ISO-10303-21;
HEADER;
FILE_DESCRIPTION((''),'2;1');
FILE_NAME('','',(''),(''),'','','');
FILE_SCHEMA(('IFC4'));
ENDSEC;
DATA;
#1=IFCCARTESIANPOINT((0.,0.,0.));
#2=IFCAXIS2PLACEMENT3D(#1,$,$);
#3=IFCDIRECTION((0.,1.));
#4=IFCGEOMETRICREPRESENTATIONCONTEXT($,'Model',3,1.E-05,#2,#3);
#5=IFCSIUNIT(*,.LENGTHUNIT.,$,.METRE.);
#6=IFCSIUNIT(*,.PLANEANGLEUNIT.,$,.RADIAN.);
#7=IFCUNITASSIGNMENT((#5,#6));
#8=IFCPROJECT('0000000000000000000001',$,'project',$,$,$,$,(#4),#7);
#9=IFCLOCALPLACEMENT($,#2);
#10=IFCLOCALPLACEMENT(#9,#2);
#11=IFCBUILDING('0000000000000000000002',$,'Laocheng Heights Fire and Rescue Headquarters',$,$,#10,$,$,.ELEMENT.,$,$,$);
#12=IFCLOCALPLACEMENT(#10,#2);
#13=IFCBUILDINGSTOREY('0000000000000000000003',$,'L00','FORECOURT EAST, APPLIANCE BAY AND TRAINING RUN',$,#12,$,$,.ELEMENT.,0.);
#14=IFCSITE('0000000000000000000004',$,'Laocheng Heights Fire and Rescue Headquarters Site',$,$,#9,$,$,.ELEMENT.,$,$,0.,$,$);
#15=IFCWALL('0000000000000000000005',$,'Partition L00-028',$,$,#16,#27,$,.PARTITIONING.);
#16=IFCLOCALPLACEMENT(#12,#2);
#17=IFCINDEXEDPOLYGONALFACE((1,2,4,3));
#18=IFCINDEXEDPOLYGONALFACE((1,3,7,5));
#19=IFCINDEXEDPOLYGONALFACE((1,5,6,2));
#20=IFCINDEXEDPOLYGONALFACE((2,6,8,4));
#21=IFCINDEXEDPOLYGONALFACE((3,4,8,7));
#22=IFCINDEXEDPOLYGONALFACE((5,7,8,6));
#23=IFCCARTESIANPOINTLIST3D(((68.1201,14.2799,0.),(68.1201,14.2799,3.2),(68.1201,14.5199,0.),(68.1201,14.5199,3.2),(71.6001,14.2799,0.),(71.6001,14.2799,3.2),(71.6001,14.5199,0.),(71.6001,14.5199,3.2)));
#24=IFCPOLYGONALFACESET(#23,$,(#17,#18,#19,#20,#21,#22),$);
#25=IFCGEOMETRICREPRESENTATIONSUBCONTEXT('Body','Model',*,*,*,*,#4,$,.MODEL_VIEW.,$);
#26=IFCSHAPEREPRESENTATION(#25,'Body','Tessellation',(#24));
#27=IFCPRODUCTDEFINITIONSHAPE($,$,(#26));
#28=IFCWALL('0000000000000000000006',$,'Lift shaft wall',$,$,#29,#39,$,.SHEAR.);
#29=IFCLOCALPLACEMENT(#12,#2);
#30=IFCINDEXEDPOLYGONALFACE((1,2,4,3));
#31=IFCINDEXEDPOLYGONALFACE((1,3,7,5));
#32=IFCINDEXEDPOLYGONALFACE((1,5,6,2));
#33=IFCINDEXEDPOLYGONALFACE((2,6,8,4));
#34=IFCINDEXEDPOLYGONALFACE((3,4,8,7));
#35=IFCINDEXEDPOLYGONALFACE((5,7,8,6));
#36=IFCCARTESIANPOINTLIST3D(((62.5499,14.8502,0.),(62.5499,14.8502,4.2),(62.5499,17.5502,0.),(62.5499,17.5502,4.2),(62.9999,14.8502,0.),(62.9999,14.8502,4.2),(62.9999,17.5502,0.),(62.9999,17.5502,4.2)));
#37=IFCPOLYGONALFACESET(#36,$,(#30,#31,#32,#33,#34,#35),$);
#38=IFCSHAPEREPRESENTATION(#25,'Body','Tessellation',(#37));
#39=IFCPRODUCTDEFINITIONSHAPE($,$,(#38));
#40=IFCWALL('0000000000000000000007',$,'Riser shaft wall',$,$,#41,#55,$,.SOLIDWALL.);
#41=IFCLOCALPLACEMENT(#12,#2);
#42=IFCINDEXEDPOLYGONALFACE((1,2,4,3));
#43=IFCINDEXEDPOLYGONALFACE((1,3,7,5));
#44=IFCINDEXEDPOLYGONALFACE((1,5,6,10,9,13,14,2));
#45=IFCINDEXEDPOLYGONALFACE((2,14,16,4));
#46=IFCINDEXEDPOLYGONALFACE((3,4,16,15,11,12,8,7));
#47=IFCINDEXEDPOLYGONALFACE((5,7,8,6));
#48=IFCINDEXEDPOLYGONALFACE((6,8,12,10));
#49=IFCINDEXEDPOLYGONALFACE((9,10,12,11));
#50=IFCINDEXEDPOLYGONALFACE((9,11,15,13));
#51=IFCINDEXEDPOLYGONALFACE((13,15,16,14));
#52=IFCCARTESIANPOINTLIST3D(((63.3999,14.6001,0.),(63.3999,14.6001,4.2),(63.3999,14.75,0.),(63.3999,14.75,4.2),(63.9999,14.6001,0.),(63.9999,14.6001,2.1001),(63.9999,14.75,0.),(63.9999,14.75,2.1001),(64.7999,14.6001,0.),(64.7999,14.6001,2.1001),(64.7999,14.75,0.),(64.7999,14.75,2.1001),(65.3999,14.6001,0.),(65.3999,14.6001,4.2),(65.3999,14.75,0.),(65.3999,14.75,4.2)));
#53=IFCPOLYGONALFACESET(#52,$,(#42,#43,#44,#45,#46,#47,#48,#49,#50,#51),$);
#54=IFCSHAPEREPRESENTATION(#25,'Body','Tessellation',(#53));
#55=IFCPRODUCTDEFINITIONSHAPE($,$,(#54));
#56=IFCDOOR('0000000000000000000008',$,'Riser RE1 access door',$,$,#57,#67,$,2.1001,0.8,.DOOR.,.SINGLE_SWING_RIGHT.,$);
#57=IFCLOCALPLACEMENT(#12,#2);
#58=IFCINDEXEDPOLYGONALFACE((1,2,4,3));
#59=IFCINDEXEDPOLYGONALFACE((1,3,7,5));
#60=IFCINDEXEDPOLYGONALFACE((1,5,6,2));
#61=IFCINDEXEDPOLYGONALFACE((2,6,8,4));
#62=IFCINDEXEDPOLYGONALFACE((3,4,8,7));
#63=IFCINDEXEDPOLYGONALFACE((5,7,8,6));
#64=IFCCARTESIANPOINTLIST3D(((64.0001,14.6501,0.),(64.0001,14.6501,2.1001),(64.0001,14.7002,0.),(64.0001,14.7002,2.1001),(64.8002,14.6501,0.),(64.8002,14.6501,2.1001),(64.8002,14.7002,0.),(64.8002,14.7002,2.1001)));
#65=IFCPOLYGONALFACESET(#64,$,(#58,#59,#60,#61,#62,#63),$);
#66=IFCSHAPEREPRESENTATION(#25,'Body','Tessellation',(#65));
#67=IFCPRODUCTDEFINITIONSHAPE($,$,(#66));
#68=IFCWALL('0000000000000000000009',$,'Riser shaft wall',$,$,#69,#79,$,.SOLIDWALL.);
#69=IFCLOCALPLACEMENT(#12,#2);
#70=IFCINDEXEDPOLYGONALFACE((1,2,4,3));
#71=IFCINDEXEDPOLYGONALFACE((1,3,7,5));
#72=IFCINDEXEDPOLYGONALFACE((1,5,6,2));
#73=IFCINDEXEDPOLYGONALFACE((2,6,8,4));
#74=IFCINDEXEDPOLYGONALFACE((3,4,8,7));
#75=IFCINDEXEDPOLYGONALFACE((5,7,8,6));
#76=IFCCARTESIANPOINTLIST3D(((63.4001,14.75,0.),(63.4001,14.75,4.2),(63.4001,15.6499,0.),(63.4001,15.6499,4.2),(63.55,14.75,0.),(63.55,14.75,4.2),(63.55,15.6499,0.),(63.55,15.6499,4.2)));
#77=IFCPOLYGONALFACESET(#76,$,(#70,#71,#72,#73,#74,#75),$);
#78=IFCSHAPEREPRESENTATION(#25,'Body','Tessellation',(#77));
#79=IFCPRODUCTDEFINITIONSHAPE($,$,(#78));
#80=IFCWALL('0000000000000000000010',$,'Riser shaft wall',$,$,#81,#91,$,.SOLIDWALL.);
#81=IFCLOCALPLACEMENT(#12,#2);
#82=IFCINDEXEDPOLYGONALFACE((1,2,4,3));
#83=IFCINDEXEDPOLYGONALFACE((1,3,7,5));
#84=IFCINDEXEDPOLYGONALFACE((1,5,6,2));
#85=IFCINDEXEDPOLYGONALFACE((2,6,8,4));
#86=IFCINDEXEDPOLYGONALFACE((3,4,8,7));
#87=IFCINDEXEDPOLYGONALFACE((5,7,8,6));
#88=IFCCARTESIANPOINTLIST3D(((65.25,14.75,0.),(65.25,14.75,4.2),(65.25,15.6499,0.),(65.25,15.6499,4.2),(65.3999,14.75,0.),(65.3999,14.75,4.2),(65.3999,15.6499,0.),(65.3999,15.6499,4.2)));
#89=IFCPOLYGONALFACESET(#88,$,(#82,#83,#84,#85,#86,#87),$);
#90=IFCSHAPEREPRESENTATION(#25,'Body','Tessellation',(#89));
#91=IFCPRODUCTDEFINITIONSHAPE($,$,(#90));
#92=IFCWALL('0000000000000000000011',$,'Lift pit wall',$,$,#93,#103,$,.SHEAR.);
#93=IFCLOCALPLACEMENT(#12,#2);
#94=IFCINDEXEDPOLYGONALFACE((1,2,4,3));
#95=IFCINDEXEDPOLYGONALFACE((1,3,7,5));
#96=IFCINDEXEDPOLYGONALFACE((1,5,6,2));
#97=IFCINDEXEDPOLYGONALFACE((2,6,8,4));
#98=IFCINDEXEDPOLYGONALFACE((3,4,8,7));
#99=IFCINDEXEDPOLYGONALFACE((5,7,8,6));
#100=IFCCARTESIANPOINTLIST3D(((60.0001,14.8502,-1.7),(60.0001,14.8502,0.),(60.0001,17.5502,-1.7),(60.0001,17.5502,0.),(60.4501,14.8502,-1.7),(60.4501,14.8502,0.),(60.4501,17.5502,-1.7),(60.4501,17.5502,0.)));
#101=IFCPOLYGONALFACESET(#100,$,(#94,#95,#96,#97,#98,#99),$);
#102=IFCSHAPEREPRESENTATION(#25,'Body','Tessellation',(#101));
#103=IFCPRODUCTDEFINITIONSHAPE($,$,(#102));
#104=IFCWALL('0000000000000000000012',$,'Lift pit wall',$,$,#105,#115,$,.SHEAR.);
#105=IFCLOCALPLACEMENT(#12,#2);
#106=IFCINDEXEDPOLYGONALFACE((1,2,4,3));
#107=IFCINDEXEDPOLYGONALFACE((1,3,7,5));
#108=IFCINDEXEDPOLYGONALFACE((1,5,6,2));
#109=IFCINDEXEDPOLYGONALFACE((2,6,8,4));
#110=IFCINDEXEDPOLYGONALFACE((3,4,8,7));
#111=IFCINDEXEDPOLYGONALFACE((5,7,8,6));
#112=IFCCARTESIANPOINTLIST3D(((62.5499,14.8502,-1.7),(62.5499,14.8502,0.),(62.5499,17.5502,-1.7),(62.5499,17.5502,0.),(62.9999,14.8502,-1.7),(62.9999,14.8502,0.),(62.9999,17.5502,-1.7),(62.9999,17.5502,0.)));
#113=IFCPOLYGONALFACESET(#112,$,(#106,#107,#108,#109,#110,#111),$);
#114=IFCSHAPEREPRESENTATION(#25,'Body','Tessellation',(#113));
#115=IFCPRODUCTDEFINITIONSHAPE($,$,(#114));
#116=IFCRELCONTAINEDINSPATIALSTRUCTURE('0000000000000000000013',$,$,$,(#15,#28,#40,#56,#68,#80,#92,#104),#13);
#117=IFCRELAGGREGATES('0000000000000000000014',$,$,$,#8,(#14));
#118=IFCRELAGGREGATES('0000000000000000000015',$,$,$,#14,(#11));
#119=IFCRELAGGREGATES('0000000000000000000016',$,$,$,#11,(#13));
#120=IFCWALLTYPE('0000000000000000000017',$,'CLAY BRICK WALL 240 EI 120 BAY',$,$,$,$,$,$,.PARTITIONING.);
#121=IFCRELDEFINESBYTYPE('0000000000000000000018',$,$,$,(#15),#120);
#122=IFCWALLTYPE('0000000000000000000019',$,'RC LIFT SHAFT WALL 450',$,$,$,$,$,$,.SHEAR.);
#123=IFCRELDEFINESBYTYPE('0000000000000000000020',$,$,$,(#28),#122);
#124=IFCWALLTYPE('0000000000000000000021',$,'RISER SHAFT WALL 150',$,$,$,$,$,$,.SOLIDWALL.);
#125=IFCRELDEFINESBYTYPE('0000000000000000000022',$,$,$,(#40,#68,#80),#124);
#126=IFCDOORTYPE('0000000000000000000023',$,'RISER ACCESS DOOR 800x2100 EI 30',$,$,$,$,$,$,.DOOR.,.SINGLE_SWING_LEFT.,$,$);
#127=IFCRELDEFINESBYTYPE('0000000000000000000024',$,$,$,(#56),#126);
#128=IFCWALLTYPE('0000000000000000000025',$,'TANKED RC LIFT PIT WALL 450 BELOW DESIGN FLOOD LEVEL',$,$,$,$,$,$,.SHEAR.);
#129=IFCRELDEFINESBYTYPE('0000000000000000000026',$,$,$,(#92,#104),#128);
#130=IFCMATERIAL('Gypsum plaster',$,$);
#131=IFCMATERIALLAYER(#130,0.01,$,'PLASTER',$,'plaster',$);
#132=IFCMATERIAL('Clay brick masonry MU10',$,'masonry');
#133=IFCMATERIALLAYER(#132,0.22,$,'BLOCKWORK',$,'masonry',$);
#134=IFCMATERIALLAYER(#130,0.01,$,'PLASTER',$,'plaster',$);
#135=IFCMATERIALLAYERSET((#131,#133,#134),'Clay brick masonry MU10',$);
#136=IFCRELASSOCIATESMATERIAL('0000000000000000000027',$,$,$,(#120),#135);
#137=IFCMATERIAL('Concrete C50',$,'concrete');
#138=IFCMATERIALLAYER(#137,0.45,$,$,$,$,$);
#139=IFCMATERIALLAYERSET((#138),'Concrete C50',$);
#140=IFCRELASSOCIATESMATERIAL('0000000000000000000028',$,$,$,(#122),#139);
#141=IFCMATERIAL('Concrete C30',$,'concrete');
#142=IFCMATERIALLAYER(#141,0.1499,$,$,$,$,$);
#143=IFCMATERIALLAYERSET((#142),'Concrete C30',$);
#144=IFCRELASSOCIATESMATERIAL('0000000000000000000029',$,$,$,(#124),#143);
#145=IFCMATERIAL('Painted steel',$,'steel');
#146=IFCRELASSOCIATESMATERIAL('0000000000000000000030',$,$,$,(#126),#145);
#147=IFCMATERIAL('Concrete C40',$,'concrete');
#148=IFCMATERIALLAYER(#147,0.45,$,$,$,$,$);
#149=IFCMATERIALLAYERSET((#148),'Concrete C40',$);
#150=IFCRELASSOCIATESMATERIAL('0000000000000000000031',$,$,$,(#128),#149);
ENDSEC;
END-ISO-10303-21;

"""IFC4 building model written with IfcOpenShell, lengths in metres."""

from ifc_helpers import new_model, si_unit, direction, frame, frame_2d, origin, place, context, subcontext, project, spatial, rectangle, extrude, material, layer, layer_set, type_object, element, fill, save


model = new_model("IFC4")

# Units and contexts
model_context = context("Model", 3, precision=1e-05, world=origin(), true_north=direction((0.0, 1.0)))
body_context = subcontext(model_context, "Body", "Model", "MODEL_VIEW")
ifc_project = project(units=[si_unit("LENGTHUNIT", "METRE"), si_unit("PLANEANGLEUNIT", "RADIAN")], contexts=[model_context])

# Site, building, storey
site_placement = place(None, origin())
site = spatial("IfcSite", under=ifc_project, at=site_placement, Name="Laocheng Heights Fire and Rescue Headquarters Site", CompositionType="ELEMENT", RefElevation=0.0)
building_placement = place(site_placement, origin())
building = spatial("IfcBuilding", under=site, at=building_placement, Name="Laocheng Heights Fire and Rescue Headquarters", CompositionType="ELEMENT")
storey_placement = place(building_placement, origin())
storey = spatial("IfcBuildingStorey", under=building, at=storey_placement, Name="L00", Description="FORECOURT EAST, APPLIANCE BAY AND TRAINING RUN", CompositionType="ELEMENT", Elevation=0.0)

# Shared definitions
ifc_material_1 = material(Name="Gypsum plaster")
ifc_layer_1 = layer(ifc_material_1, 0.01, Name="PLASTER", Category="plaster")
ifc_material_2 = material(Name="Clay brick masonry MU10", Category="masonry")
ifc_layer_2 = layer(ifc_material_2, 0.22, Name="BLOCKWORK", Category="masonry")
ifc_layer_3 = layer(ifc_material_1, 0.01, Name="PLASTER", Category="plaster")
ifc_layer_set_1 = layer_set([ifc_layer_1, ifc_layer_2, ifc_layer_3], Name="Clay brick masonry MU10")
wall_type_1 = type_object("IfcWallType", Name="CLAY BRICK WALL 240 EI 120 BAY", PredefinedType="PARTITIONING", material=ifc_layer_set_1)

# Walls
wall_1_placement = place(storey_placement, frame((68.1201, 14.3999, 0.0), z_axis=(0.0, 0.0, 1.0), x_axis=(1.0, 0.0, 0.0)))
element("IfcWall", 1, at=wall_1_placement, inside=storey, type_object=wall_type_1, Name="Partition L00-028", PredefinedType="PARTITIONING", context=body_context, shape_type="SweptSolid", body=[
    extrude(rectangle(XDim=3.48, YDim=0.24, at=frame_2d((1.74, 0.0))), origin(), (0.0, 0.0, 1.0), 3.2),
])
ifc_material_3 = material(Name="Concrete C50", Category="concrete")
ifc_layer_4 = layer(ifc_material_3, 0.45)
ifc_layer_set_2 = layer_set([ifc_layer_4], Name="Concrete C50")
wall_type_2 = type_object("IfcWallType", Name="RC LIFT SHAFT WALL 450", PredefinedType="SHEAR", material=ifc_layer_set_2)
wall_2_placement = place(storey_placement, frame((62.7749, 14.8501, 0.0), z_axis=(0.0, 0.0, 1.0), x_axis=(0.0, 1.0, 0.0)))
element("IfcWall", 2, at=wall_2_placement, inside=storey, type_object=wall_type_2, Name="Lift shaft wall", PredefinedType="SHEAR", context=body_context, shape_type="SweptSolid", body=[
    extrude(rectangle(XDim=2.7, YDim=0.45, at=frame_2d((1.3501, 0.0))), origin(), (0.0, 0.0, 1.0), 4.2),
])

# Wall, opening, door
ifc_material_4 = material(Name="Concrete C30", Category="concrete")
ifc_layer_5 = layer(ifc_material_4, 0.1499)
ifc_layer_set_3 = layer_set([ifc_layer_5], Name="Concrete C30")
wall_type_3 = type_object("IfcWallType", Name="RISER SHAFT WALL 150", PredefinedType="SOLIDWALL", material=ifc_layer_set_3)
wall_3_placement = place(storey_placement, frame((63.3999, 14.675, 0.0), z_axis=(0.0, 0.0, 1.0), x_axis=(1.0, 0.0, 0.0)))
wall_3 = element("IfcWall", 3, at=wall_3_placement, inside=storey, type_object=wall_type_3, Name="Riser shaft wall", PredefinedType="SOLIDWALL", context=body_context, shape_type="SweptSolid", body=[
    extrude(rectangle(XDim=2.0, YDim=0.1499, at=frame_2d((1.0, 0.0))), origin(), (0.0, 0.0, 1.0), 4.2),
])
opening_1_placement = place(wall_3_placement, frame((0.6001, 0.0, 0.0)))
opening_1 = element("IfcOpeningElement", 4, at=opening_1_placement, cuts=wall_3, PredefinedType="OPENING", context=body_context, shape_type="SweptSolid", body=[
    extrude(rectangle(XDim=0.8, YDim=2.1001, at=frame_2d((0.3999, 1.05))), frame((0.0, 0.085, 0.0), z_axis=(0.0, -1.0, 0.0), x_axis=(1.0, 0.0, 0.0)), (0.0, 0.0, 1.0), 0.1699),
])
ifc_material_5 = material(Name="Painted steel", Category="steel")
door_type_1 = type_object("IfcDoorType", Name="RISER ACCESS DOOR 800x2100 EI 30", OperationType="SINGLE_SWING_LEFT", PredefinedType="DOOR", material=ifc_material_5)
door_1_placement = place(opening_1_placement, frame((0.8, 0.0, 0.0), z_axis=(0.0, 0.0, 1.0), x_axis=(-1.0, 0.0, 0.0)))
door_1 = element("IfcDoor", 5, at=door_1_placement, inside=storey, type_object=door_type_1, Name="Riser RE1 access door", OperationType="SINGLE_SWING_RIGHT", OverallHeight=2.1001, OverallWidth=0.8, PredefinedType="DOOR", context=body_context, shape_type="SweptSolid", body=[
    extrude(rectangle(XDim=0.8, YDim=2.1001, at=frame_2d((0.3999, 1.05))), frame((0.0, 0.0249, 0.0), z_axis=(0.0, -1.0, 0.0), x_axis=(1.0, 0.0, 0.0)), (0.0, 0.0, 1.0), 0.05),
])
fill(opening_1, door_1)

# Walls
for number, where, z_axis, x_axis, name in (
    (6, (63.4751, 14.75, 0.0), (0.0, 0.0, 1.0), (0.0, 1.0, 0.0), "Riser shaft wall"),
    (7, (65.325, 14.75, 0.0), (0.0, 0.0, 1.0), (0.0, 1.0, 0.0), "Riser shaft wall"),
):
    element("IfcWall", number, at=place(storey_placement, frame(where, z_axis=z_axis, x_axis=x_axis)), inside=storey, type_object=wall_type_3, Name=name, PredefinedType="SOLIDWALL", context=body_context, shape_type="SweptSolid", body=[
        extrude(rectangle(XDim=0.8999, YDim=0.1499, at=frame_2d((0.45, 0.0))), origin(), (0.0, 0.0, 1.0), 4.2),
    ])
ifc_material_6 = material(Name="Concrete C40", Category="concrete")
ifc_layer_6 = layer(ifc_material_6, 0.45)
ifc_layer_set_4 = layer_set([ifc_layer_6], Name="Concrete C40")
wall_type_4 = type_object("IfcWallType", Name="TANKED RC LIFT PIT WALL 450 BELOW DESIGN FLOOD LEVEL", PredefinedType="SHEAR", material=ifc_layer_set_4)
for number, where, z_axis, x_axis, name in (
    (8, (60.2251, 14.8501, -1.7), (0.0, 0.0, 1.0), (0.0, 1.0, 0.0), "Lift pit wall"),
    (9, (62.7749, 14.8501, -1.7), (0.0, 0.0, 1.0), (0.0, 1.0, 0.0), "Lift pit wall"),
):
    element("IfcWall", number, at=place(storey_placement, frame(where, z_axis=z_axis, x_axis=x_axis)), inside=storey, type_object=wall_type_4, Name=name, PredefinedType="SHEAR", context=body_context, shape_type="SweptSolid", body=[
        extrude(rectangle(XDim=2.7, YDim=0.45, at=frame_2d((1.3501, 0.0))), origin(), (0.0, 0.0, 1.0), 1.7),
    ])

save(model, "model.ifc")
